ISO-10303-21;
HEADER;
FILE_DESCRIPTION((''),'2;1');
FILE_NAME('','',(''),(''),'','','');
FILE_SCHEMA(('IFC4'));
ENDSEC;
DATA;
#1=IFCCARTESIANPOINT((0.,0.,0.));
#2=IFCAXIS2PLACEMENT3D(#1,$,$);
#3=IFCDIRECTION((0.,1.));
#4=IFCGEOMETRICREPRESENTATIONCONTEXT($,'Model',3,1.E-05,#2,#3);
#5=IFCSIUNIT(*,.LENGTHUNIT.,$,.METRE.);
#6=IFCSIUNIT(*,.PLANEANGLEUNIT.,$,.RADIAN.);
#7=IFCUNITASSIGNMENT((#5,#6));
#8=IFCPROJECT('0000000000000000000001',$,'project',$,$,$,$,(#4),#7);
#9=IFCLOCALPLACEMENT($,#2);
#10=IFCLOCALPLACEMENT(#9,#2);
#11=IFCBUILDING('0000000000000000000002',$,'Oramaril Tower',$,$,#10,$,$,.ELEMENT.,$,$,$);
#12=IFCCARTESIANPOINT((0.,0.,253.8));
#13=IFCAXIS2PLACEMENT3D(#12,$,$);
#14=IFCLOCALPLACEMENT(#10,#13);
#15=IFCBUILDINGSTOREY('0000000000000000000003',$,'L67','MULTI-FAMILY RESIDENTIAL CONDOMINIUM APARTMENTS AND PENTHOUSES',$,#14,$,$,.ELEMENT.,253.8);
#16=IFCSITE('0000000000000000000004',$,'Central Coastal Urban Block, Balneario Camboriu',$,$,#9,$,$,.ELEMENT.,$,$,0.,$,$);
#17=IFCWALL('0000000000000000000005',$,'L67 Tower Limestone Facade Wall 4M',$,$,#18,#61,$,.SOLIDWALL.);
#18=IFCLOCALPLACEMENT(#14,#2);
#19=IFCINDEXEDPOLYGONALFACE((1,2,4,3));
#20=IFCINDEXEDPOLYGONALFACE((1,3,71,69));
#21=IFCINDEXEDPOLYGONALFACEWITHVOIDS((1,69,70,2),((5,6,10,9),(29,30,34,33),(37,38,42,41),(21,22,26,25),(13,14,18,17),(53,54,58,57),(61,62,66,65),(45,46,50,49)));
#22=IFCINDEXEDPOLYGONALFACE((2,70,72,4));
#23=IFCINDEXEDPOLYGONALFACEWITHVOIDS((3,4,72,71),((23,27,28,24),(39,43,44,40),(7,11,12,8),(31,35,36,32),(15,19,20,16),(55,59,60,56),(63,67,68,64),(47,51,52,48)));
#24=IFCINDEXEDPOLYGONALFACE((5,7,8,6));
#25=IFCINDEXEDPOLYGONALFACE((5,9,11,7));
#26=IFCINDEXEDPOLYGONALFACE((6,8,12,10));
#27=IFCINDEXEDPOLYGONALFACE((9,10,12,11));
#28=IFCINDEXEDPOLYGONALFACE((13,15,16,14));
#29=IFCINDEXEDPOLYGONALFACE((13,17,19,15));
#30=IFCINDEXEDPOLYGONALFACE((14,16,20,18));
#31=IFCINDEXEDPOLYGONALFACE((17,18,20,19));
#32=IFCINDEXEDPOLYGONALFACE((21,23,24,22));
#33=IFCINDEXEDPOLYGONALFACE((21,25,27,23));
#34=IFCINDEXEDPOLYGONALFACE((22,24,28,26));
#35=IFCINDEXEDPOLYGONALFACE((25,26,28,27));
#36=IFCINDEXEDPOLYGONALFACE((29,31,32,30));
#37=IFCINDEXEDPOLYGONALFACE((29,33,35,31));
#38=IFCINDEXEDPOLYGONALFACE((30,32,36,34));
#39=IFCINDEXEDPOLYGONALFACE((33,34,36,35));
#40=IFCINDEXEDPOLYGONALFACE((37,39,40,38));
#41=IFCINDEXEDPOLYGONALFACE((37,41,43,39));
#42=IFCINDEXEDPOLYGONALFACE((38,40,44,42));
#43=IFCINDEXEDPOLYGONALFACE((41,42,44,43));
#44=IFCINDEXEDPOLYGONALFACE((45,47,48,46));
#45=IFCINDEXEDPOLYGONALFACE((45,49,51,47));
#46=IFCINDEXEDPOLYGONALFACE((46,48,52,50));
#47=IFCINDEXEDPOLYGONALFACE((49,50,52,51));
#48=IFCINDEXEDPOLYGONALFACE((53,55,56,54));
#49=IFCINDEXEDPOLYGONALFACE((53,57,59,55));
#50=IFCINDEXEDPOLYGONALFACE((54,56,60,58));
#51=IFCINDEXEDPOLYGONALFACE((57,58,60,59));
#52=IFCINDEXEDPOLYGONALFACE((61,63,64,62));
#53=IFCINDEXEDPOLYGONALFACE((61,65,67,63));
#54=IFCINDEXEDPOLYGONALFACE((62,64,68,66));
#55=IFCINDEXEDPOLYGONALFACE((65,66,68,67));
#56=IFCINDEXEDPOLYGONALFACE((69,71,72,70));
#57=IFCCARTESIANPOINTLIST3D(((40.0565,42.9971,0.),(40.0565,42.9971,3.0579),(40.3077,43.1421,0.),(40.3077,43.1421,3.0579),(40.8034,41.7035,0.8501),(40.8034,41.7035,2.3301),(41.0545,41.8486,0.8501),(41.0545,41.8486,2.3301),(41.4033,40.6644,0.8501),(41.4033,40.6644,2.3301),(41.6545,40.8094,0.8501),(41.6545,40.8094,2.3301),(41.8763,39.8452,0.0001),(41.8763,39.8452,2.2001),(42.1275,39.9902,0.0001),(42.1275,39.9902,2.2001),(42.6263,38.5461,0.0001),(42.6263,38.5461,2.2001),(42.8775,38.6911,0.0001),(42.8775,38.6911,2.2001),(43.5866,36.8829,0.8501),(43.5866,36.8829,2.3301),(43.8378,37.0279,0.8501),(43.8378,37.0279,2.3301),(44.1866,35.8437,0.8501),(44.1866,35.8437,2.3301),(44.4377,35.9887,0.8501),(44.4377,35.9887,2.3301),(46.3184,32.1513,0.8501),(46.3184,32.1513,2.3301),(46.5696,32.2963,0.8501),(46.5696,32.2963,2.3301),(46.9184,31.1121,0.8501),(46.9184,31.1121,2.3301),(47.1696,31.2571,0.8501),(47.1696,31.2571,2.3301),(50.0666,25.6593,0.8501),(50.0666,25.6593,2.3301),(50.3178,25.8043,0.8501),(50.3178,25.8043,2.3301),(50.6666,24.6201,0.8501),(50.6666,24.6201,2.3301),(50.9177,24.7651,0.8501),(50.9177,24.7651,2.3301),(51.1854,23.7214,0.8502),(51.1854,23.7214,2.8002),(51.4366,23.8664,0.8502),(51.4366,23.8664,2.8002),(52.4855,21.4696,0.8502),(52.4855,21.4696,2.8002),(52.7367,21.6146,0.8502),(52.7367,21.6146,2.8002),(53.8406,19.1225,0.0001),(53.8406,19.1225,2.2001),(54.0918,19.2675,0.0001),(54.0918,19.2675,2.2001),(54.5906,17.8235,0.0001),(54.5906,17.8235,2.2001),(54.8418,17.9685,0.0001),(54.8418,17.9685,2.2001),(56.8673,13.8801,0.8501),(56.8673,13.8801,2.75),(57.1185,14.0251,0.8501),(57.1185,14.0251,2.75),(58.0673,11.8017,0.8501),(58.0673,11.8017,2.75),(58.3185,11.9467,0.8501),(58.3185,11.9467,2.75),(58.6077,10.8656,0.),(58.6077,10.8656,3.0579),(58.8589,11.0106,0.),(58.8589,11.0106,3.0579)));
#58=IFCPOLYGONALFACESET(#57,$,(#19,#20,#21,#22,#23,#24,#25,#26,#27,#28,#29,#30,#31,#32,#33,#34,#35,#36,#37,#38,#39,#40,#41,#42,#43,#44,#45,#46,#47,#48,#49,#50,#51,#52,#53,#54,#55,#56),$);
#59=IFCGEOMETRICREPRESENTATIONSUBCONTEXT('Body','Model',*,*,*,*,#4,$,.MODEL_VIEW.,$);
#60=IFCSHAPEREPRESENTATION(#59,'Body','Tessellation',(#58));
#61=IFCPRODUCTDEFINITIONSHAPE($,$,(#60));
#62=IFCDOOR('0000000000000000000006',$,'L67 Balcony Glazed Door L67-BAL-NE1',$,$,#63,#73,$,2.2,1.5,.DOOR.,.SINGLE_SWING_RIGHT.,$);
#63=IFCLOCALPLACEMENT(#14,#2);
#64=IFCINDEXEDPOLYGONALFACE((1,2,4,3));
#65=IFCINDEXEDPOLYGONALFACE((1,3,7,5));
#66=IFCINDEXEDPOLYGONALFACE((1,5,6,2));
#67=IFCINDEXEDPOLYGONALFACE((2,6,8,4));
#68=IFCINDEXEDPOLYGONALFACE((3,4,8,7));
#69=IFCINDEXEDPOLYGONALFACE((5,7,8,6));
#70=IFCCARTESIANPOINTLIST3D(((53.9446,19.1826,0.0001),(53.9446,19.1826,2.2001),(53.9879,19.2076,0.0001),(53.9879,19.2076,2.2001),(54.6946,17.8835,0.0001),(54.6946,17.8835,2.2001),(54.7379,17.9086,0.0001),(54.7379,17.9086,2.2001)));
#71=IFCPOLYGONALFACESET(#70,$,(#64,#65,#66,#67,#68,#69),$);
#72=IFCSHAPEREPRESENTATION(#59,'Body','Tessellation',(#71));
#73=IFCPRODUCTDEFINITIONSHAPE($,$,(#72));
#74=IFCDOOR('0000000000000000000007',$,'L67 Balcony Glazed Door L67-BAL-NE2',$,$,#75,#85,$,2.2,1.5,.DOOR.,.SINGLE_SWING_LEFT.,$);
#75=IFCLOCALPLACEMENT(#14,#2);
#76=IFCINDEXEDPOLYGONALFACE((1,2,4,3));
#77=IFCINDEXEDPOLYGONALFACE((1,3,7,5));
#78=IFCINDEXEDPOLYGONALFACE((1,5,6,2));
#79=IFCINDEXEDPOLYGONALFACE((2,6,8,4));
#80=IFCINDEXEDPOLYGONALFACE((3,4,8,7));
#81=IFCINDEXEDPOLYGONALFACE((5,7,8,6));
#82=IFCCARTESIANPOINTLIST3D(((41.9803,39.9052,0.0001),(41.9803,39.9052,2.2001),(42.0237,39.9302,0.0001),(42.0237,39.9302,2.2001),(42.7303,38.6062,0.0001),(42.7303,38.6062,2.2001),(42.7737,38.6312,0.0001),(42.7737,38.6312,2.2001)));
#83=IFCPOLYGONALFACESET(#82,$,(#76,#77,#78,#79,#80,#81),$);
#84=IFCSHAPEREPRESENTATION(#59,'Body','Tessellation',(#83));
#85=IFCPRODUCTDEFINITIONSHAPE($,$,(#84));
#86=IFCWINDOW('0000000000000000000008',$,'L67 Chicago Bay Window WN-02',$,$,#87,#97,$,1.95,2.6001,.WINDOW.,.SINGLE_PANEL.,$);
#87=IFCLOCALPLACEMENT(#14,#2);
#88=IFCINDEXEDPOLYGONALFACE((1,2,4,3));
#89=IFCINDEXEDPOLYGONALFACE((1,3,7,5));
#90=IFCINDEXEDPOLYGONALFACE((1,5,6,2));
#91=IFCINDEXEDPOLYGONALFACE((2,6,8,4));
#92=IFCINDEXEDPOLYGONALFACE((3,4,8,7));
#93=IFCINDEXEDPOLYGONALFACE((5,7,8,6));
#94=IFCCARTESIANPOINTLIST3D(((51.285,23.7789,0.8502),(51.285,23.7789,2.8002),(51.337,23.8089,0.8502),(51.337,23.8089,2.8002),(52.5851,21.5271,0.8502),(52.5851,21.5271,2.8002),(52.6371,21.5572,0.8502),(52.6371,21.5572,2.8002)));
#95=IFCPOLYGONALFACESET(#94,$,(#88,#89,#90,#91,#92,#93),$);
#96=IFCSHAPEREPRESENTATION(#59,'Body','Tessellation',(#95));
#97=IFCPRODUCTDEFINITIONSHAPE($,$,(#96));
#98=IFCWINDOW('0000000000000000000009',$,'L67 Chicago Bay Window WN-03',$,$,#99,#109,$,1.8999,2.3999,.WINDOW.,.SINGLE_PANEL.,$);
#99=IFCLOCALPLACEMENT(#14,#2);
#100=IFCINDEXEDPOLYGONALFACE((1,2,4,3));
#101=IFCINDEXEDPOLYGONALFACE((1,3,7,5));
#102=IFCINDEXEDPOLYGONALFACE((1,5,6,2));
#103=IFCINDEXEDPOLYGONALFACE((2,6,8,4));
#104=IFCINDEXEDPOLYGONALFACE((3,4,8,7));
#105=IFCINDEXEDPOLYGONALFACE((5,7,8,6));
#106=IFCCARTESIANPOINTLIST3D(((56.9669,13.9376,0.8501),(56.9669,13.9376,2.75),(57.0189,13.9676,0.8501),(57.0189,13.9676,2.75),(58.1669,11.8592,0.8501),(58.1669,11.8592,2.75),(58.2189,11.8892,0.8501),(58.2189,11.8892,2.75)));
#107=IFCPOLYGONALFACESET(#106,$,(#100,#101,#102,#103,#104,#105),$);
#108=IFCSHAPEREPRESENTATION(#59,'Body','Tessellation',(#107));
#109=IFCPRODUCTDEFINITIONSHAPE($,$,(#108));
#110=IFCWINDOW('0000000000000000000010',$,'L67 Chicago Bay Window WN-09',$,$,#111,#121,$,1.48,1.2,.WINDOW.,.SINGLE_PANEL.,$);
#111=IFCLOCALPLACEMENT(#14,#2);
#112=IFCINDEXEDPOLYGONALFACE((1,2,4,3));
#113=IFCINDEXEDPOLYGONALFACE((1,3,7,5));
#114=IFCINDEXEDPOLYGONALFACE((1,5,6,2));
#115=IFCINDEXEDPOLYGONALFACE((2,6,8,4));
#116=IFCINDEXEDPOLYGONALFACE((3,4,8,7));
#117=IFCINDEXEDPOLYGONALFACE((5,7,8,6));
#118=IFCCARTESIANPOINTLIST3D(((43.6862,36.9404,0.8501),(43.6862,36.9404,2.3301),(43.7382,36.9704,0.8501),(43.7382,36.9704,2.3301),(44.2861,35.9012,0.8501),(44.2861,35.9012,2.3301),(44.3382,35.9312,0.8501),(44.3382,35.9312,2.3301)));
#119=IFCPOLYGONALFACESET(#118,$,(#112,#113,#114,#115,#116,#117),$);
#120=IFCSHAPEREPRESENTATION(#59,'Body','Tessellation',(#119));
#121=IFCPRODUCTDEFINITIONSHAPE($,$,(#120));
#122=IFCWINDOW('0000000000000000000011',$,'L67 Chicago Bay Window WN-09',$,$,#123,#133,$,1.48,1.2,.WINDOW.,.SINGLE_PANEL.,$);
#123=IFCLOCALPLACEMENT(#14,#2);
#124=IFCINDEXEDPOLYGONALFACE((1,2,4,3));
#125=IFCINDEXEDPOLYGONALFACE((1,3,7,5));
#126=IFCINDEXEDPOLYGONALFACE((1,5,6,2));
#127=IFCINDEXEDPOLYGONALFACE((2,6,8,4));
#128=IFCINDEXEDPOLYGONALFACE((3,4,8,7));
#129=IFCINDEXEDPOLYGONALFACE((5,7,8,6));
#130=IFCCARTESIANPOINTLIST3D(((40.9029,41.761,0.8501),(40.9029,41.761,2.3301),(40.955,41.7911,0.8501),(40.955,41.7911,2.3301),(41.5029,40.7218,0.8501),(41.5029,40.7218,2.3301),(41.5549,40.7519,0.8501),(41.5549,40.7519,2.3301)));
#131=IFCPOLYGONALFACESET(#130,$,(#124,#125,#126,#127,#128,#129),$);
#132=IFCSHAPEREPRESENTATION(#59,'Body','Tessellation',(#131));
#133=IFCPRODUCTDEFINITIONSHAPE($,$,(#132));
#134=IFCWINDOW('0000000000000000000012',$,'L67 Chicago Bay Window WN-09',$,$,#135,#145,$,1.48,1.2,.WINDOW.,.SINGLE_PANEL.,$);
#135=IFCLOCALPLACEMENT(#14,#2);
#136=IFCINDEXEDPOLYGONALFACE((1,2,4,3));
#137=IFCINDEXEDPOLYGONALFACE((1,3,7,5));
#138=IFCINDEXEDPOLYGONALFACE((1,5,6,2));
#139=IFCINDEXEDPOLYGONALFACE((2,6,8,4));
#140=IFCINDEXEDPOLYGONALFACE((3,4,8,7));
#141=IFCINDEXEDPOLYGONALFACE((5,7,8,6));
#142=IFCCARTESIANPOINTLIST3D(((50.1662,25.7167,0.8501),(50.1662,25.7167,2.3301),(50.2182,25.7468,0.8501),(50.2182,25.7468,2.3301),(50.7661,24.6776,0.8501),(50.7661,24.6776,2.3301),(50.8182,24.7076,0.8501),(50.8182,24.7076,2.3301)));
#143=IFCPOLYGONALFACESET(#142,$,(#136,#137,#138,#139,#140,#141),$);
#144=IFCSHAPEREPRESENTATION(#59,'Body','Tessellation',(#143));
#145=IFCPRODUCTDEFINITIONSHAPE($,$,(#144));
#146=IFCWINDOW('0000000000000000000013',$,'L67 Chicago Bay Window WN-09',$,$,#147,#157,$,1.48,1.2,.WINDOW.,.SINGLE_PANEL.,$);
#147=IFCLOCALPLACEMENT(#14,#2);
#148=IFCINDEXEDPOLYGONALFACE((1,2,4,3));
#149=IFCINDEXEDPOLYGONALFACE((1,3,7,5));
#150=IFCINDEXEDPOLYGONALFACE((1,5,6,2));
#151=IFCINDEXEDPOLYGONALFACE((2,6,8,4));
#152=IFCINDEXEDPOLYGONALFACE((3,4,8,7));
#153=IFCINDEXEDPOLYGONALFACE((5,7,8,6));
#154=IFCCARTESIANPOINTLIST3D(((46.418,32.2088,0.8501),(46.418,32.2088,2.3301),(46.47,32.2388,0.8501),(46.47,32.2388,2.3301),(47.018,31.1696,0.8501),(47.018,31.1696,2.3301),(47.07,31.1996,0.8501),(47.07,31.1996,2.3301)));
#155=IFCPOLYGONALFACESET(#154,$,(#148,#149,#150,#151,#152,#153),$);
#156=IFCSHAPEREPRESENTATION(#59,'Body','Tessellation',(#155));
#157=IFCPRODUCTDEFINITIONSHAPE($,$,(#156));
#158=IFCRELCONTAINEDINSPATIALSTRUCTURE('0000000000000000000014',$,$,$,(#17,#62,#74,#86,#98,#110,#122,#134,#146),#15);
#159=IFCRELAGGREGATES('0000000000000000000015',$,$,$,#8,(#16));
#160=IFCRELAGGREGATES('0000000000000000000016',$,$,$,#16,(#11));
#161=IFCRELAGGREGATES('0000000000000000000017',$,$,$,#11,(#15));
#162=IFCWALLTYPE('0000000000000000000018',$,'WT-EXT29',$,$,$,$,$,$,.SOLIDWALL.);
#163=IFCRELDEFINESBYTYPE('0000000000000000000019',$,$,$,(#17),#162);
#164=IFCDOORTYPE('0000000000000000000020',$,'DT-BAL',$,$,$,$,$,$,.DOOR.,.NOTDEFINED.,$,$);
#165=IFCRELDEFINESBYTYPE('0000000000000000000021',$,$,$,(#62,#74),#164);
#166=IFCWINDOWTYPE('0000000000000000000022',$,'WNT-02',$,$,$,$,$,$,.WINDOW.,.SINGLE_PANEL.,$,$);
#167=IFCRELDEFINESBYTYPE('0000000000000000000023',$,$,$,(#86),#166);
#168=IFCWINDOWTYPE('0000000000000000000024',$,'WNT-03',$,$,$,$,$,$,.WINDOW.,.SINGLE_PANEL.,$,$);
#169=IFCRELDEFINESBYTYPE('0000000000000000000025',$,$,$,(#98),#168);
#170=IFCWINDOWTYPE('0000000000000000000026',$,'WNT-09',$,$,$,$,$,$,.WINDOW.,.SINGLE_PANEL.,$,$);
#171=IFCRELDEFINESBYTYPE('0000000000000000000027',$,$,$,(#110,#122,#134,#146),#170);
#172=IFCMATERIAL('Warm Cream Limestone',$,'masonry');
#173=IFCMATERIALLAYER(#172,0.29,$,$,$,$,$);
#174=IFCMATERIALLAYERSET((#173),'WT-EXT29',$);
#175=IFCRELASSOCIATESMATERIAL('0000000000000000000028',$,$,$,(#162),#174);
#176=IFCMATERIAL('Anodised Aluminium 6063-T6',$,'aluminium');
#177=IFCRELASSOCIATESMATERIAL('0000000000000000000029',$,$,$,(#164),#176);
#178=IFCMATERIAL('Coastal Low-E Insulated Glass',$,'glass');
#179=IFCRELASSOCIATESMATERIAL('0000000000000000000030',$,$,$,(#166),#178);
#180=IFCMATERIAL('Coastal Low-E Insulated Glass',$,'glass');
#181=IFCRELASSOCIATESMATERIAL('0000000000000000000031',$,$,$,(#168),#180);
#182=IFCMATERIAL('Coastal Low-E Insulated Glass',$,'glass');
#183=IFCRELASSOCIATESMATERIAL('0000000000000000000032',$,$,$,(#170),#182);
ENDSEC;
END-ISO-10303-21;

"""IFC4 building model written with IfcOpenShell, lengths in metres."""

from ifc_helpers import new_model, si_unit, direction, frame, frame_2d, origin, place, context, subcontext, project, spatial, rectangle, extrude, material, layer, layer_set, type_object, element, fill, save


model = new_model("IFC4")

# Units and contexts
model_context = context("Model", 3, precision=1e-05, world=origin(), true_north=direction((0.0, 1.0)))
body_context = subcontext(model_context, "Body", "Model", "MODEL_VIEW")
ifc_project = project(units=[si_unit("LENGTHUNIT", "METRE"), si_unit("PLANEANGLEUNIT", "RADIAN")], contexts=[model_context])

# Site, building, storey
site_placement = place(None, origin())
site = spatial("IfcSite", under=ifc_project, at=site_placement, Name="Central Coastal Urban Block, Balneario Camboriu", CompositionType="ELEMENT", RefElevation=0.0)
building_placement = place(site_placement, origin())
building = spatial("IfcBuilding", under=site, at=building_placement, Name="Oramaril Tower", CompositionType="ELEMENT")
storey_placement = place(building_placement, frame((0.0, 0.0, 253.8)))
storey = spatial("IfcBuildingStorey", under=building, at=storey_placement, Name="L67", Description="MULTI-FAMILY RESIDENTIAL CONDOMINIUM APARTMENTS AND PENTHOUSES", CompositionType="ELEMENT", Elevation=253.8)

# Wall, openings, doors, windows
ifc_material_1 = material(Name="Warm Cream Limestone", Category="masonry")
ifc_layer_1 = layer(ifc_material_1, 0.29)
ifc_layer_set_1 = layer_set([ifc_layer_1], Name="WT-EXT29")
wall_type_1 = type_object("IfcWallType", Name="WT-EXT29", PredefinedType="SOLIDWALL", material=ifc_layer_set_1)
wall_1_placement = place(storey_placement, frame((58.7334, 10.938, 0.0), z_axis=(0.0, 0.0, 1.0), x_axis=(-0.500002, 0.866024, 0.0)))
wall_1 = element("IfcWall", 1, at=wall_1_placement, inside=storey, type_object=wall_type_1, Name="L67 Tower Limestone Facade Wall 4M", PredefinedType="SOLIDWALL", context=body_context, shape_type="SweptSolid", body=[
    extrude(rectangle(XDim=37.1023, YDim=0.29, at=frame_2d((18.5513, 0.0))), origin(), (0.0, 0.0, 1.0), 3.0579),
])
opening_1_placement = place(wall_1_placement, frame((8.0344, 0.0, 0.0)))
opening_1 = element("IfcOpeningElement", 2, at=opening_1_placement, cuts=wall_1, PredefinedType="OPENING", context=body_context, shape_type="SweptSolid", body=[
    extrude(rectangle(XDim=1.5, YDim=2.2, at=frame_2d((0.75, 1.1001))), frame((0.0, 0.145, 0.0), z_axis=(0.0, -1.0, 0.0), x_axis=(1.0, 0.0, 0.0)), (0.0, 0.0, 1.0), 0.29),
])
opening_2_placement = place(wall_1_placement, frame((31.9629, 0.0, 0.0)))
opening_2 = element("IfcOpeningElement", 3, at=opening_2_placement, cuts=wall_1, PredefinedType="OPENING", context=body_context, shape_type="SweptSolid", body=[
    extrude(rectangle(XDim=1.5, YDim=2.2, at=frame_2d((0.75, 1.1001))), frame((0.0, 0.145, 0.0), z_axis=(0.0, -1.0, 0.0), x_axis=(1.0, 0.0, 0.0)), (0.0, 0.0, 1.0), 0.29),
])
opening_3_placement = place(wall_1_placement, frame((12.2446, 0.0, 0.8501)))
opening_3 = element("IfcOpeningElement", 4, at=opening_3_placement, cuts=wall_1, PredefinedType="OPENING", context=body_context, shape_type="SweptSolid", body=[
    extrude(rectangle(XDim=2.6001, YDim=1.95, at=frame_2d((1.3, 0.9751))), frame((0.0, 0.145, 0.0), z_axis=(0.0, -1.0, 0.0), x_axis=(1.0, 0.0, 0.0)), (0.0, 0.0, 1.0), 0.29),
])
opening_4_placement = place(wall_1_placement, frame((1.0811, 0.0, 0.8501)))
opening_4 = element("IfcOpeningElement", 5, at=opening_4_placement, cuts=wall_1, PredefinedType="OPENING", context=body_context, shape_type="SweptSolid", body=[
    extrude(rectangle(XDim=2.3999, YDim=1.8999, at=frame_2d((1.2, 0.95))), frame((0.0, 0.145, 0.0), z_axis=(0.0, -1.0, 0.0), x_axis=(1.0, 0.0, 0.0)), (0.0, 0.0, 1.0), 0.29),
])
opening_5_placement = place(wall_1_placement, frame((28.8423, 0.0, 0.8501)))
opening_5 = element("IfcOpeningElement", 6, at=opening_5_placement, cuts=wall_1, PredefinedType="OPENING", context=body_context, shape_type="SweptSolid", body=[
    extrude(rectangle(XDim=1.2, YDim=1.48, at=frame_2d((0.6001, 0.74))), frame((0.0, 0.145, 0.0), z_axis=(0.0, -1.0, 0.0), x_axis=(1.0, 0.0, 0.0)), (0.0, 0.0, 1.0), 0.29),
])
opening_6_placement = place(wall_1_placement, frame((34.4087, 0.0, 0.8501)))
opening_6 = element("IfcOpeningElement", 7, at=opening_6_placement, cuts=wall_1, PredefinedType="OPENING", context=body_context, shape_type="SweptSolid", body=[
    extrude(rectangle(XDim=1.2, YDim=1.48, at=frame_2d((0.6001, 0.74))), frame((0.0, 0.145, 0.0), z_axis=(0.0, -1.0, 0.0), x_axis=(1.0, 0.0, 0.0)), (0.0, 0.0, 1.0), 0.29),
])
opening_7_placement = place(wall_1_placement, frame((15.8823, 0.0, 0.8501)))
opening_7 = element("IfcOpeningElement", 8, at=opening_7_placement, cuts=wall_1, PredefinedType="OPENING", context=body_context, shape_type="SweptSolid", body=[
    extrude(rectangle(XDim=1.2, YDim=1.48, at=frame_2d((0.6001, 0.74))), frame((0.0, 0.145, 0.0), z_axis=(0.0, -1.0, 0.0), x_axis=(1.0, 0.0, 0.0)), (0.0, 0.0, 1.0), 0.29),
])
opening_8_placement = place(wall_1_placement, frame((23.3787, 0.0, 0.8501)))
opening_8 = element("IfcOpeningElement", 9, at=opening_8_placement, cuts=wall_1, PredefinedType="OPENING", context=body_context, shape_type="SweptSolid", body=[
    extrude(rectangle(XDim=1.2, YDim=1.48, at=frame_2d((0.6001, 0.74))), frame((0.0, 0.145, 0.0), z_axis=(0.0, -1.0, 0.0), x_axis=(1.0, 0.0, 0.0)), (0.0, 0.0, 1.0), 0.29),
])
ifc_material_2 = material(Name="Anodised Aluminium 6063-T6", Category="aluminium")
door_type_1 = type_object("IfcDoorType", Name="DT-BAL", OperationType="NOTDEFINED", PredefinedType="DOOR", material=ifc_material_2)
door_1_placement = place(opening_1_placement, origin())
door_1 = element("IfcDoor", 10, at=door_1_placement, inside=storey, type_object=door_type_1, Name="L67 Balcony Glazed Door L67-BAL-NE1", OperationType="SINGLE_SWING_RIGHT", OverallHeight=2.2, OverallWidth=1.5, PredefinedType="DOOR", context=body_context, shape_type="SweptSolid", body=[
    extrude(rectangle(XDim=1.5, YDim=2.2, at=frame_2d((0.75, 1.1001))), frame((0.0, 0.0249, 0.0), z_axis=(0.0, -1.0, 0.0), x_axis=(1.0, 0.0, 0.0)), (0.0, 0.0, 1.0), 0.05),
])
fill(opening_1, door_1)
door_2_placement = place(opening_2_placement, origin())
door_2 = element("IfcDoor", 11, at=door_2_placement, inside=storey, type_object=door_type_1, Name="L67 Balcony Glazed Door L67-BAL-NE2", OperationType="SINGLE_SWING_LEFT", OverallHeight=2.2, OverallWidth=1.5, PredefinedType="DOOR", context=body_context, shape_type="SweptSolid", body=[
    extrude(rectangle(XDim=1.5, YDim=2.2, at=frame_2d((0.75, 1.1001))), frame((0.0, 0.0249, 0.0), z_axis=(0.0, -1.0, 0.0), x_axis=(1.0, 0.0, 0.0)), (0.0, 0.0, 1.0), 0.05),
])
fill(opening_2, door_2)
ifc_material_3 = material(Name="Coastal Low-E Insulated Glass", Category="glass")
window_type_1 = type_object("IfcWindowType", Name="WNT-02", PartitioningType="SINGLE_PANEL", PredefinedType="WINDOW", material=ifc_material_3)
window_1_placement = place(opening_3_placement, origin())
window_1 = element("IfcWindow", 12, at=window_1_placement, inside=storey, type_object=window_type_1, Name="L67 Chicago Bay Window WN-02", OverallHeight=1.95, OverallWidth=2.6001, PartitioningType="SINGLE_PANEL", PredefinedType="WINDOW", context=body_context, shape_type="SweptSolid", body=[
    extrude(rectangle(XDim=2.6001, YDim=1.95, at=frame_2d((1.3, 0.9751))), frame((0.0, 0.03, 0.0), z_axis=(0.0, -1.0, 0.0), x_axis=(1.0, 0.0, 0.0)), (0.0, 0.0, 1.0), 0.0601),
])
fill(opening_3, window_1)
ifc_material_4 = material(Name="Coastal Low-E Insulated Glass", Category="glass")
window_type_2 = type_object("IfcWindowType", Name="WNT-03", PartitioningType="SINGLE_PANEL", PredefinedType="WINDOW", material=ifc_material_4)
window_2_placement = place(opening_4_placement, origin())
window_2 = element("IfcWindow", 13, at=window_2_placement, inside=storey, type_object=window_type_2, Name="L67 Chicago Bay Window WN-03", OverallHeight=1.8999, OverallWidth=2.3999, PartitioningType="SINGLE_PANEL", PredefinedType="WINDOW", context=body_context, shape_type="SweptSolid", body=[
    extrude(rectangle(XDim=2.3999, YDim=1.8999, at=frame_2d((1.2, 0.95))), frame((0.0, 0.03, 0.0), z_axis=(0.0, -1.0, 0.0), x_axis=(1.0, 0.0, 0.0)), (0.0, 0.0, 1.0), 0.0601),
])
fill(opening_4, window_2)
ifc_material_5 = material(Name="Coastal Low-E Insulated Glass", Category="glass")
window_type_3 = type_object("IfcWindowType", Name="WNT-09", PartitioningType="SINGLE_PANEL", PredefinedType="WINDOW", material=ifc_material_5)
window_3_placement = place(opening_5_placement, origin())
window_3 = element("IfcWindow", 14, at=window_3_placement, inside=storey, type_object=window_type_3, Name="L67 Chicago Bay Window WN-09", OverallHeight=1.48, OverallWidth=1.2, PartitioningType="SINGLE_PANEL", PredefinedType="WINDOW", context=body_context, shape_type="SweptSolid", body=[
    extrude(rectangle(XDim=1.2, YDim=1.48, at=frame_2d((0.6001, 0.74))), frame((0.0, 0.03, 0.0), z_axis=(0.0, -1.0, 0.0), x_axis=(1.0, 0.0, 0.0)), (0.0, 0.0, 1.0), 0.0601),
])
fill(opening_5, window_3)
window_4_placement = place(opening_6_placement, origin())
window_4 = element("IfcWindow", 15, at=window_4_placement, inside=storey, type_object=window_type_3, Name="L67 Chicago Bay Window WN-09", OverallHeight=1.48, OverallWidth=1.2, PartitioningType="SINGLE_PANEL", PredefinedType="WINDOW", context=body_context, shape_type="SweptSolid", body=[
    extrude(rectangle(XDim=1.2, YDim=1.48, at=frame_2d((0.6001, 0.74))), frame((0.0, 0.03, 0.0), z_axis=(0.0, -1.0, 0.0), x_axis=(1.0, 0.0, 0.0)), (0.0, 0.0, 1.0), 0.0601),
])
fill(opening_6, window_4)
window_5_placement = place(opening_7_placement, origin())
window_5 = element("IfcWindow", 16, at=window_5_placement, inside=storey, type_object=window_type_3, Name="L67 Chicago Bay Window WN-09", OverallHeight=1.48, OverallWidth=1.2, PartitioningType="SINGLE_PANEL", PredefinedType="WINDOW", context=body_context, shape_type="SweptSolid", body=[
    extrude(rectangle(XDim=1.2, YDim=1.48, at=frame_2d((0.6001, 0.74))), frame((0.0, 0.03, 0.0), z_axis=(0.0, -1.0, 0.0), x_axis=(1.0, 0.0, 0.0)), (0.0, 0.0, 1.0), 0.0601),
])
fill(opening_7, window_5)
window_6_placement = place(opening_8_placement, origin())
window_6 = element("IfcWindow", 17, at=window_6_placement, inside=storey, type_object=window_type_3, Name="L67 Chicago Bay Window WN-09", OverallHeight=1.48, OverallWidth=1.2, PartitioningType="SINGLE_PANEL", PredefinedType="WINDOW", context=body_context, shape_type="SweptSolid", body=[
    extrude(rectangle(XDim=1.2, YDim=1.48, at=frame_2d((0.6001, 0.74))), frame((0.0, 0.03, 0.0), z_axis=(0.0, -1.0, 0.0), x_axis=(1.0, 0.0, 0.0)), (0.0, 0.0, 1.0), 0.0601),
])
fill(opening_8, window_6)

save(model, "model.ifc")
